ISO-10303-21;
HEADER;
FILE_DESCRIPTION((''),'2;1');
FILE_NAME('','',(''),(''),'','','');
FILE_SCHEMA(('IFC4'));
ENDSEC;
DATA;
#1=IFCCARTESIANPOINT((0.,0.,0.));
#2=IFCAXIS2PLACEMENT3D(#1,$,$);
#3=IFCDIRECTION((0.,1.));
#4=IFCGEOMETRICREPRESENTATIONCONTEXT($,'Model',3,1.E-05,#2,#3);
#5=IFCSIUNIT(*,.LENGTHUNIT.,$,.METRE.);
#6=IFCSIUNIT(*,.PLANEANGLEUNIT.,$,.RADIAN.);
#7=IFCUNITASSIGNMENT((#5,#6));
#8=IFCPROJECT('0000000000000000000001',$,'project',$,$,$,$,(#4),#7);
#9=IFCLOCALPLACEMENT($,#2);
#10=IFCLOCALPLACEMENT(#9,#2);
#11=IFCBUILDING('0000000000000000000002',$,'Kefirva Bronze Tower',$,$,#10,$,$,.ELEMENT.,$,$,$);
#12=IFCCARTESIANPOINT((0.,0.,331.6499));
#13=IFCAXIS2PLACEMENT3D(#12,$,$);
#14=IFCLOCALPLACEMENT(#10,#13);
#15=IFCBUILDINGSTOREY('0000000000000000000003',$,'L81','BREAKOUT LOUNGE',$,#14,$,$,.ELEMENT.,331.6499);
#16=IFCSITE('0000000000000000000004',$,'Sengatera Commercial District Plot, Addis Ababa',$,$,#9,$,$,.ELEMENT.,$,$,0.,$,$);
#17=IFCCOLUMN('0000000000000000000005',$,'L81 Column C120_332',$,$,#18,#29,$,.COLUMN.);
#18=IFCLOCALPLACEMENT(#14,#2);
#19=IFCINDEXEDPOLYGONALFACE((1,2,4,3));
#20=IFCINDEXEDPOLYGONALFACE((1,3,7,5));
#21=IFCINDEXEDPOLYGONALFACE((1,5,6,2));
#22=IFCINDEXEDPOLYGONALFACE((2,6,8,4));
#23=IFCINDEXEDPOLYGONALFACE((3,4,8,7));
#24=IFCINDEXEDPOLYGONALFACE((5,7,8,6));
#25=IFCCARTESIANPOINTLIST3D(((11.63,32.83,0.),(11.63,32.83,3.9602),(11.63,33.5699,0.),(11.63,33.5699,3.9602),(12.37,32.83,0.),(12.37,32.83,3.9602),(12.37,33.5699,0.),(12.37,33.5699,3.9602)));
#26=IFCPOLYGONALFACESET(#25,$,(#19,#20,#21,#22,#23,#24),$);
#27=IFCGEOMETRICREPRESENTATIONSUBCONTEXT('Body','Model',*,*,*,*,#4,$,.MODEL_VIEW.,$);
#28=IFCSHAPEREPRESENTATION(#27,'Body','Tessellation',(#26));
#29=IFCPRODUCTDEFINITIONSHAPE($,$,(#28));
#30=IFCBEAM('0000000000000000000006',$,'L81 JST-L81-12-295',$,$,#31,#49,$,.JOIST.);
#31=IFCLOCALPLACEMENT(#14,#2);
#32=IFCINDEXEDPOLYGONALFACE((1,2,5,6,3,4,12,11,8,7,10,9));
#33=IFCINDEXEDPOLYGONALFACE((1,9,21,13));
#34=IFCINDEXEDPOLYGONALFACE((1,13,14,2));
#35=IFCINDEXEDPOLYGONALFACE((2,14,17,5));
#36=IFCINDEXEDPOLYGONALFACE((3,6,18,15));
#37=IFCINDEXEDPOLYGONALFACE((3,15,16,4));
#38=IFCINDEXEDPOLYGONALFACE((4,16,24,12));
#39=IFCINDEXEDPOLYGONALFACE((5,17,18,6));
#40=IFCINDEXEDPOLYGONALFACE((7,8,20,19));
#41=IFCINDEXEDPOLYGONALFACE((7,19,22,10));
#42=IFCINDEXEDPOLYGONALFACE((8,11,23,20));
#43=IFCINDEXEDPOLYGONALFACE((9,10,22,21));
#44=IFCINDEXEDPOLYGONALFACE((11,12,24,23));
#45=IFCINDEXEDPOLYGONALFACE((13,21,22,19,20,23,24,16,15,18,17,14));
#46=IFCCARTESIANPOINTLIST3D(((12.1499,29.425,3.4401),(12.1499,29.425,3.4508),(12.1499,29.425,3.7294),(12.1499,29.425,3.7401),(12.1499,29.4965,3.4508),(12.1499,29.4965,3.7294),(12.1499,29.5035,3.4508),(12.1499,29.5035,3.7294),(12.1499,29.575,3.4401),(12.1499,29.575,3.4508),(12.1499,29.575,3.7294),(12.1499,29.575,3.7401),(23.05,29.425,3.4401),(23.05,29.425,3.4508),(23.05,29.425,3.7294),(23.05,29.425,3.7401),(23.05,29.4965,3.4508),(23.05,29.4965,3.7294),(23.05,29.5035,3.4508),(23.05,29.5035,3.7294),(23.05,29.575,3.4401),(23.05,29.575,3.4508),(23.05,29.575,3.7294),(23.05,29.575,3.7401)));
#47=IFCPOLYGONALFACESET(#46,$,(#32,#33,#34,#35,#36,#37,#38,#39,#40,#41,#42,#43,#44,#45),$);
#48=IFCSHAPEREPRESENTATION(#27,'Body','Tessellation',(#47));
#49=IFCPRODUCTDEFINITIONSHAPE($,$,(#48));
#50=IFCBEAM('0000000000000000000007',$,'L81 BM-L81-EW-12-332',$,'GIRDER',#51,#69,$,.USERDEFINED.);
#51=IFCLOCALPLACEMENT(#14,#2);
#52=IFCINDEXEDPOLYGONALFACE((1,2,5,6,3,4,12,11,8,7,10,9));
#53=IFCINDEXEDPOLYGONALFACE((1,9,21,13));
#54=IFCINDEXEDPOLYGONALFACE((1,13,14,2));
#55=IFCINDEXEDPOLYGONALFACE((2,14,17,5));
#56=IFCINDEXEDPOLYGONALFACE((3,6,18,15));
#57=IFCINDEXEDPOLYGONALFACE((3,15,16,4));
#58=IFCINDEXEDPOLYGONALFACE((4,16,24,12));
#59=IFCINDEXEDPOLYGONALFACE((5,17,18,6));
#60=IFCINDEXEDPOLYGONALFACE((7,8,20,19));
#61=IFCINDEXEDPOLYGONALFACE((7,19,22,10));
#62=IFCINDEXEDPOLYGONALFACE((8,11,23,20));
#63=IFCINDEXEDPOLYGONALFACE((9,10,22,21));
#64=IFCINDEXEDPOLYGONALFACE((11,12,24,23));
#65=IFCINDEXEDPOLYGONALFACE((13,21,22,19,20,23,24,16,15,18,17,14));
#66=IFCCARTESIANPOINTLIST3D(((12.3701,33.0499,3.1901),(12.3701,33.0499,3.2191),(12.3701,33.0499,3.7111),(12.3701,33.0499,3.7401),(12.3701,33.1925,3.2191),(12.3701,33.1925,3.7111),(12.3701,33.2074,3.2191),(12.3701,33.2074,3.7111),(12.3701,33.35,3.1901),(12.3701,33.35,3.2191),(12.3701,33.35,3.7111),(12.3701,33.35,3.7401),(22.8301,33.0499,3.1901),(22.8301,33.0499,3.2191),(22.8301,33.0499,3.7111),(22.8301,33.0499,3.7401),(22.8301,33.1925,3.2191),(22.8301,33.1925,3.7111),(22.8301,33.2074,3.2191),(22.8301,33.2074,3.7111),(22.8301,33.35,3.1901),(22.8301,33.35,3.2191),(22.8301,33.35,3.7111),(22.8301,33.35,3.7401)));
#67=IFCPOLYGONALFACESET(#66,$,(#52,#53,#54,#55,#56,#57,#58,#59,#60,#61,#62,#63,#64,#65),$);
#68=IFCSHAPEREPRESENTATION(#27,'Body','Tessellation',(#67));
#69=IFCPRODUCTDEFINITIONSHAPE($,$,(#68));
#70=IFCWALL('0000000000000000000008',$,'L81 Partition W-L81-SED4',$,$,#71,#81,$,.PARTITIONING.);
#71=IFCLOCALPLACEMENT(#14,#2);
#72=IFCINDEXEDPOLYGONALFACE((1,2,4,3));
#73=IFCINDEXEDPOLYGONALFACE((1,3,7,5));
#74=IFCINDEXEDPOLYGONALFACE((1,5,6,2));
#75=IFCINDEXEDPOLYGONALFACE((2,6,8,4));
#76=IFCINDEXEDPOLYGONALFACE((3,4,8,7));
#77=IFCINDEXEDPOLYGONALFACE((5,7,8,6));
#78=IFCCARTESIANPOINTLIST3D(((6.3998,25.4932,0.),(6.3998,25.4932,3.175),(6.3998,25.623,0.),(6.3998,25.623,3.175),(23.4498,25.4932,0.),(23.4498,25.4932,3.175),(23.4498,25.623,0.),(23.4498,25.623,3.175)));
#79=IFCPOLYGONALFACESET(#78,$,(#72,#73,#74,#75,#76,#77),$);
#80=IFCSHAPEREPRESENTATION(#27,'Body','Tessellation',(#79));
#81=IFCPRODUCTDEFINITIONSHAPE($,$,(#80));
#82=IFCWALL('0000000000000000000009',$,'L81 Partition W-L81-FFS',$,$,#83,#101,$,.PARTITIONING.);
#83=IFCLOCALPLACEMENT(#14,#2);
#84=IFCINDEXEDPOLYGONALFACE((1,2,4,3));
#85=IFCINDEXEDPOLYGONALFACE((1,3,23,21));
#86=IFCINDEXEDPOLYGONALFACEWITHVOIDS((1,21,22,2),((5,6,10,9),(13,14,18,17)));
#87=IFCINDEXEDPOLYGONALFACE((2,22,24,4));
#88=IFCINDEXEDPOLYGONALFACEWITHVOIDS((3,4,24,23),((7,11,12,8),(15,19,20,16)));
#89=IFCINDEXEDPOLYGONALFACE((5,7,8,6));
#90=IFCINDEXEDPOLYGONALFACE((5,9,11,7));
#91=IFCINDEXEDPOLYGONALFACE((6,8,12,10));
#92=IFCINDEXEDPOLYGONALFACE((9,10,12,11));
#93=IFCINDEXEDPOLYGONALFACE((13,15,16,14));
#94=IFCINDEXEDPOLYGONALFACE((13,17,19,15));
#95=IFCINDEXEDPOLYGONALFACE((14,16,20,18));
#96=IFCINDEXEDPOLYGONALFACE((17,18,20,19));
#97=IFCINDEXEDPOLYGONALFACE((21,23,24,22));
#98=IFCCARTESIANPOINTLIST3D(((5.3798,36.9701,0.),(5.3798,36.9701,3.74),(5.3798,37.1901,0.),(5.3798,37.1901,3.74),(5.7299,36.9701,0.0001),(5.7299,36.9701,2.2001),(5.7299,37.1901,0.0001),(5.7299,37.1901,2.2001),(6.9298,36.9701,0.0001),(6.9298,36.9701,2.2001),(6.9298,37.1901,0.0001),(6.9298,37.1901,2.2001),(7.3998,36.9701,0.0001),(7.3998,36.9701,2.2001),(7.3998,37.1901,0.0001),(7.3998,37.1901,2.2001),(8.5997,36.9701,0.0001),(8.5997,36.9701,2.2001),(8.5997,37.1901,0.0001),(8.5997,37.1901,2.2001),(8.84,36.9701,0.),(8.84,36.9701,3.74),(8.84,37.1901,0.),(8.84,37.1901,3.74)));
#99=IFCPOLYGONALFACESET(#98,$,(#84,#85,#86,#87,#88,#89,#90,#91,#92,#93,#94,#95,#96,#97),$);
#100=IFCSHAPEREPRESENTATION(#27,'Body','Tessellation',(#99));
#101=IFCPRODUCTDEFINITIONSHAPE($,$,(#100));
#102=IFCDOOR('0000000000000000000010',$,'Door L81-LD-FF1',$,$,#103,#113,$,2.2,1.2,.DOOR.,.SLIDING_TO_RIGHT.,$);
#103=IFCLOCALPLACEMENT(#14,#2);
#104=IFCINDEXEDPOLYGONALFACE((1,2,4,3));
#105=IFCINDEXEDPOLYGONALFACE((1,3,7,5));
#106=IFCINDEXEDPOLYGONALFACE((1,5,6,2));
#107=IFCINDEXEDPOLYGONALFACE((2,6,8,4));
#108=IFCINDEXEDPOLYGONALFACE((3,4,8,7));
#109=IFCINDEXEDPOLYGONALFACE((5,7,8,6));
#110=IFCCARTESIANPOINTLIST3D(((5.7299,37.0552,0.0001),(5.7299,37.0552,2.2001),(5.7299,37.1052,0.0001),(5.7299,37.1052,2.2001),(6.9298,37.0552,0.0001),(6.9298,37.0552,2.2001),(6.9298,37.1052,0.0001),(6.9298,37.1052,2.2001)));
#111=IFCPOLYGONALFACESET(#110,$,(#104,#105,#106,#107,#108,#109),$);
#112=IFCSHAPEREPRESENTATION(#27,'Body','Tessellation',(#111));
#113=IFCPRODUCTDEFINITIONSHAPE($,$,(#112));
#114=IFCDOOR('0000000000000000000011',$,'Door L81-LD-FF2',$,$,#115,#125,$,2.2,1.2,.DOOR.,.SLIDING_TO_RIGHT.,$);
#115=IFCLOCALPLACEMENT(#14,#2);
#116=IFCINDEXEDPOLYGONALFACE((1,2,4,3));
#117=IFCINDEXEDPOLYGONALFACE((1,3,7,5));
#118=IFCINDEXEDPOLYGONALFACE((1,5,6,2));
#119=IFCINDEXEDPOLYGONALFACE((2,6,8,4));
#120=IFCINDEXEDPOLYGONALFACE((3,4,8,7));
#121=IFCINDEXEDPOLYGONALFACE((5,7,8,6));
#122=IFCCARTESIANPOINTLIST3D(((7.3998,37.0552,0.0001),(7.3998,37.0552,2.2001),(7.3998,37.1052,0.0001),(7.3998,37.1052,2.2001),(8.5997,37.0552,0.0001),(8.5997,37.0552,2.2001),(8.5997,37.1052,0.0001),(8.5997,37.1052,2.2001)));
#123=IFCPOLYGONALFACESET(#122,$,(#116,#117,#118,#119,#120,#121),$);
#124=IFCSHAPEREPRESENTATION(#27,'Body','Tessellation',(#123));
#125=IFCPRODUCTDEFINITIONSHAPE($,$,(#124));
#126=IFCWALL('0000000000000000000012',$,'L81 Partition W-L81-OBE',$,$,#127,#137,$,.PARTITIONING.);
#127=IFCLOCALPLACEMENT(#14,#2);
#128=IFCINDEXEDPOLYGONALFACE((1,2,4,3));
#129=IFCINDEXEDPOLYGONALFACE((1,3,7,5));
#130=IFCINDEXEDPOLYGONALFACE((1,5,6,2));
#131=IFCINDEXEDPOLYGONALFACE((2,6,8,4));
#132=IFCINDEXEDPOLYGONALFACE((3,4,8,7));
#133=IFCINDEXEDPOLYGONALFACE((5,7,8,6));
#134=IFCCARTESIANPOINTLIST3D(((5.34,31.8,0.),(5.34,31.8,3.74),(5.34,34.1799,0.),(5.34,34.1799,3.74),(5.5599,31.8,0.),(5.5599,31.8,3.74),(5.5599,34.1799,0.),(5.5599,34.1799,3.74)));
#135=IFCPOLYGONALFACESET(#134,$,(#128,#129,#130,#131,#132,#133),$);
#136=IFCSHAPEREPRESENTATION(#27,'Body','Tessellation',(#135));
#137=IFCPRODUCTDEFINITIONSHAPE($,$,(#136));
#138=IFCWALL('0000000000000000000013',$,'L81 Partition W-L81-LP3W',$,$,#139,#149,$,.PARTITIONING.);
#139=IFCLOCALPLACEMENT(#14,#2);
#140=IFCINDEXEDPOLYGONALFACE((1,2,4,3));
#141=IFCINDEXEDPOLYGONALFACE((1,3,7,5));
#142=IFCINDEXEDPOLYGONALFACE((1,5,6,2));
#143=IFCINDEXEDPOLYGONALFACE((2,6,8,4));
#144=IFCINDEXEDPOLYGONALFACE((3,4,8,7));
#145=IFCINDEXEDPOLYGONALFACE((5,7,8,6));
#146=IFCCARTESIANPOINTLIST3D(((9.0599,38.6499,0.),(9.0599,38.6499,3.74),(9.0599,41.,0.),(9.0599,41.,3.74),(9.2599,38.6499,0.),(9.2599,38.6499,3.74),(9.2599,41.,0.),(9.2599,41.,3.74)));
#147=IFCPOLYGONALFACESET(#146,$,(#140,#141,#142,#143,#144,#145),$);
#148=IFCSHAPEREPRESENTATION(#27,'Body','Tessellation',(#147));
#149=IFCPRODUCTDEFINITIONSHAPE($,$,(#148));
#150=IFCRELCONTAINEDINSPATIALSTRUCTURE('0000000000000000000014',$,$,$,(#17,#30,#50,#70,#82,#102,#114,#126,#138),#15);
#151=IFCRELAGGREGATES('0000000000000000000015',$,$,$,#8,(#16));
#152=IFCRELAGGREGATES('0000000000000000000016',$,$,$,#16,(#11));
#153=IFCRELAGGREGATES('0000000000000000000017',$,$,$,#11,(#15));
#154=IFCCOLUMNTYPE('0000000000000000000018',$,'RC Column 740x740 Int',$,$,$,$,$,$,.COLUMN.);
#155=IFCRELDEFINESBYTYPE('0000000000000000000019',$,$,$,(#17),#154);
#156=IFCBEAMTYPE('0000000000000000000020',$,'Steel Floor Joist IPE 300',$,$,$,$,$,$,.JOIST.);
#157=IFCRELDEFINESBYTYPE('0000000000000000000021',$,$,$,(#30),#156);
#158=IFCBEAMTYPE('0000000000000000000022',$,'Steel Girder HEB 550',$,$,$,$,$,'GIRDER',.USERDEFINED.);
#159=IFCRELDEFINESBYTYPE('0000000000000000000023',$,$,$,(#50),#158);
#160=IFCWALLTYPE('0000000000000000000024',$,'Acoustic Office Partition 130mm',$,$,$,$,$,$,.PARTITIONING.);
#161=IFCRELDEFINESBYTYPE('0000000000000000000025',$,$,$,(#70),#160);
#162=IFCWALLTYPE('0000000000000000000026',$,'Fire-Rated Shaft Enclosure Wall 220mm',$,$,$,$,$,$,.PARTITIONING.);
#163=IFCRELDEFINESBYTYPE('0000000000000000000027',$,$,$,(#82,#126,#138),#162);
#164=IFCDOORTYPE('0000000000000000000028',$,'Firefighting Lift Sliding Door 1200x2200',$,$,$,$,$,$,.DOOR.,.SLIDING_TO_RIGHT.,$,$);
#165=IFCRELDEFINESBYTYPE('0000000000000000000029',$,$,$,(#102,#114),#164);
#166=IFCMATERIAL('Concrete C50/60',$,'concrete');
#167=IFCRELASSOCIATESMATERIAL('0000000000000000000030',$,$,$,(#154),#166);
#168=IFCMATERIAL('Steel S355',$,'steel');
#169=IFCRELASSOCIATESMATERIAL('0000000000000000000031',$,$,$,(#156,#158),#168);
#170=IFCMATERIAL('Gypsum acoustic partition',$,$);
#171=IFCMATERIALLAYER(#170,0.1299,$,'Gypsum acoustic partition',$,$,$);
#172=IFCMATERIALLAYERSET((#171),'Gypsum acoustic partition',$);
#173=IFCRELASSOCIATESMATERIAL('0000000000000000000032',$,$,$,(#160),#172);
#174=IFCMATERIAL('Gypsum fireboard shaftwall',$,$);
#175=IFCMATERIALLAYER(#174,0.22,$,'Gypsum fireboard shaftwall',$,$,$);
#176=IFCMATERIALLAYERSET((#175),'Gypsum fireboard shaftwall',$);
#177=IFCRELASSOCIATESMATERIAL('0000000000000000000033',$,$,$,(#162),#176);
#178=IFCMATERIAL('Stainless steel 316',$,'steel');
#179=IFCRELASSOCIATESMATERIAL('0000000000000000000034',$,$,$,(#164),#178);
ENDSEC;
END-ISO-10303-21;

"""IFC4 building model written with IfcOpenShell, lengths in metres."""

from ifc_helpers import new_model, si_unit, direction, frame, frame_2d, origin, origin_2d, place, context, subcontext, project, spatial, rectangle, i_section, extrude, material, layer, layer_set, material_profile, profile_set, type_object, element, fill, save


model = new_model("IFC4")

# Units and contexts
model_context = context("Model", 3, precision=1e-05, world=origin(), true_north=direction((0.0, 1.0)))
body_context = subcontext(model_context, "Body", "Model", "MODEL_VIEW")
ifc_project = project(units=[si_unit("LENGTHUNIT", "METRE"), si_unit("PLANEANGLEUNIT", "RADIAN")], contexts=[model_context])

# Site, building, storey
site_placement = place(None, origin())
site = spatial("IfcSite", under=ifc_project, at=site_placement, Name="Sengatera Commercial District Plot, Addis Ababa", CompositionType="ELEMENT", RefElevation=0.0)
building_placement = place(site_placement, origin())
building = spatial("IfcBuilding", under=site, at=building_placement, Name="Kefirva Bronze Tower", CompositionType="ELEMENT")
storey_placement = place(building_placement, frame((0.0, 0.0, 331.6499)))
storey = spatial("IfcBuildingStorey", under=building, at=storey_placement, Name="L81", Description="BREAKOUT LOUNGE", CompositionType="ELEMENT", Elevation=331.6499)

# Column
ifc_material_1 = material(Name="Concrete C50/60", Category="concrete")
ifc_material_profile_1 = material_profile(ifc_material_1, rectangle(XDim=0.74, YDim=0.74, at=origin_2d()), Name="RC 740x740")
ifc_profile_set_1 = profile_set([ifc_material_profile_1], Name="Concrete C50/60")
column_type = type_object("IfcColumnType", Name="RC Column 740x740 Int", PredefinedType="COLUMN", material=ifc_profile_set_1)
column_placement = place(storey_placement, frame((12.0, 33.2, 0.0), z_axis=(0.0, 0.0, 1.0), x_axis=(1.0, 0.0, 0.0)))
element("IfcColumn", 1, at=column_placement, inside=storey, type_object=column_type, Name="L81 Column C120_332", PredefinedType="COLUMN", context=body_context, shape_type="SweptSolid", body=[
    extrude(rectangle(XDim=0.74, YDim=0.74, at=origin_2d()), origin(), (0.0, 0.0, 1.0), 3.9602),
])

# Beams
ifc_material_2 = material(Name="Steel S355", Category="steel")
ifc_material_profile_2 = material_profile(ifc_material_2, i_section(OverallWidth=0.1499, OverallDepth=0.3, WebThickness=0.0071, FlangeThickness=0.0107, at=origin_2d()), Name="IPE 300")
ifc_profile_set_2 = profile_set([ifc_material_profile_2], Name="Steel S355")
beam_type_1 = type_object("IfcBeamType", Name="Steel Floor Joist IPE 300", PredefinedType="JOIST", material=ifc_profile_set_2)
beam_1_placement = place(storey_placement, frame((12.1499, 29.5, 3.5901), z_axis=(1.0, 0.0, 0.0), x_axis=(0.0, 1.0, 0.0)))
element("IfcBeam", 2, at=beam_1_placement, inside=storey, type_object=beam_type_1, Name="L81 JST-L81-12-295", PredefinedType="JOIST", context=body_context, shape_type="SweptSolid", body=[
    extrude(i_section(OverallWidth=0.1499, OverallDepth=0.3, WebThickness=0.0071, FlangeThickness=0.0107, at=origin_2d()), origin(), (0.0, 0.0, 1.0), 10.9001),
])
ifc_material_profile_3 = material_profile(ifc_material_2, i_section(OverallWidth=0.3, OverallDepth=0.55, WebThickness=0.0149, FlangeThickness=0.0291, at=origin_2d()), Name="HEB 550")
ifc_profile_set_3 = profile_set([ifc_material_profile_3], Name="Steel S355")
beam_type_2 = type_object("IfcBeamType", Name="Steel Girder HEB 550", ElementType="GIRDER", PredefinedType="USERDEFINED", material=ifc_profile_set_3)
beam_2_placement = place(storey_placement, frame((12.3701, 33.2, 3.4651), z_axis=(1.0, 0.0, 0.0), x_axis=(0.0, 1.0, 0.0)))
element("IfcBeam", 3, at=beam_2_placement, inside=storey, type_object=beam_type_2, Name="L81 BM-L81-EW-12-332", ObjectType="GIRDER", PredefinedType="USERDEFINED", context=body_context, shape_type="SweptSolid", body=[
    extrude(i_section(OverallWidth=0.3, OverallDepth=0.55, WebThickness=0.0149, FlangeThickness=0.0291, at=origin_2d()), origin(), (0.0, 0.0, 1.0), 10.46),
])

# Wall
ifc_material_3 = material(Name="Gypsum acoustic partition")
ifc_layer_1 = layer(ifc_material_3, 0.1299, Name="Gypsum acoustic partition")
ifc_layer_set_1 = layer_set([ifc_layer_1], Name="Gypsum acoustic partition")
wall_type_1 = type_object("IfcWallType", Name="Acoustic Office Partition 130mm", PredefinedType="PARTITIONING", material=ifc_layer_set_1)
wall_1_placement = place(storey_placement, frame((6.3999, 25.5581, 0.0), z_axis=(0.0, 0.0, 1.0), x_axis=(1.0, 0.0, 0.0)))
element("IfcWall", 4, at=wall_1_placement, inside=storey, type_object=wall_type_1, Name="L81 Partition W-L81-SED4", PredefinedType="PARTITIONING", context=body_context, shape_type="SweptSolid", body=[
    extrude(rectangle(XDim=17.05, YDim=0.1299, at=frame_2d((8.5249, 0.0))), origin(), (0.0, 0.0, 1.0), 3.175),
])

# Shared definitions
ifc_material_4 = material(Name="Gypsum fireboard shaftwall")
ifc_layer_2 = layer(ifc_material_4, 0.22, Name="Gypsum fireboard shaftwall")
ifc_layer_set_2 = layer_set([ifc_layer_2], Name="Gypsum fireboard shaftwall")
wall_type_2 = type_object("IfcWallType", Name="Fire-Rated Shaft Enclosure Wall 220mm", PredefinedType="PARTITIONING", material=ifc_layer_set_2)

# Wall, openings, doors
wall_2_placement = place(storey_placement, frame((5.3799, 37.0801, 0.0), z_axis=(0.0, 0.0, 1.0), x_axis=(1.0, 0.0, 0.0)))
wall_2 = element("IfcWall", 5, at=wall_2_placement, inside=storey, type_object=wall_type_2, Name="L81 Partition W-L81-FFS", PredefinedType="PARTITIONING", context=body_context, shape_type="SweptSolid", body=[
    extrude(rectangle(XDim=3.4602, YDim=0.22, at=frame_2d((1.73, 0.0))), origin(), (0.0, 0.0, 1.0), 3.74),
])
opening_1_placement = place(wall_2_placement, frame((1.55, 0.0, 0.0), z_axis=(0.0, 0.0, 1.0), x_axis=(-1.0, 0.0, 0.0)))
opening_1 = element("IfcOpeningElement", 6, at=opening_1_placement, cuts=wall_2, PredefinedType="OPENING", context=body_context, shape_type="SweptSolid", body=[
    extrude(rectangle(XDim=1.2, YDim=2.2, at=frame_2d((0.6001, 1.1001))), frame((0.0, 0.1201, 0.0), z_axis=(0.0, -1.0, 0.0), x_axis=(1.0, 0.0, 0.0)), (0.0, 0.0, 1.0), 0.24),
])
opening_2_placement = place(wall_2_placement, frame((3.22, 0.0, 0.0), z_axis=(0.0, 0.0, 1.0), x_axis=(-1.0, 0.0, 0.0)))
opening_2 = element("IfcOpeningElement", 7, at=opening_2_placement, cuts=wall_2, PredefinedType="OPENING", context=body_context, shape_type="SweptSolid", body=[
    extrude(rectangle(XDim=1.2, YDim=2.2, at=frame_2d((0.6001, 1.1001))), frame((0.0, 0.1201, 0.0), z_axis=(0.0, -1.0, 0.0), x_axis=(1.0, 0.0, 0.0)), (0.0, 0.0, 1.0), 0.24),
])
ifc_material_5 = material(Name="Stainless steel 316", Category="steel")
door_type_1 = type_object("IfcDoorType", Name="Firefighting Lift Sliding Door 1200x2200", OperationType="SLIDING_TO_RIGHT", PredefinedType="DOOR", material=ifc_material_5)
door_1_placement = place(opening_1_placement, origin())
door_1 = element("IfcDoor", 8, at=door_1_placement, inside=storey, type_object=door_type_1, Name="Door L81-LD-FF1", OperationType="SLIDING_TO_RIGHT", OverallHeight=2.2, OverallWidth=1.2, PredefinedType="DOOR", context=body_context, shape_type="SweptSolid", body=[
    extrude(rectangle(XDim=1.2, YDim=2.2, at=frame_2d((0.6001, 1.1001))), frame((0.0, 0.0249, 0.0), z_axis=(0.0, -1.0, 0.0), x_axis=(1.0, 0.0, 0.0)), (0.0, 0.0, 1.0), 0.05),
])
fill(opening_1, door_1)
door_2_placement = place(opening_2_placement, origin())
door_2 = element("IfcDoor", 9, at=door_2_placement, inside=storey, type_object=door_type_1, Name="Door L81-LD-FF2", OperationType="SLIDING_TO_RIGHT", OverallHeight=2.2, OverallWidth=1.2, PredefinedType="DOOR", context=body_context, shape_type="SweptSolid", body=[
    extrude(rectangle(XDim=1.2, YDim=2.2, at=frame_2d((0.6001, 1.1001))), frame((0.0, 0.0249, 0.0), z_axis=(0.0, -1.0, 0.0), x_axis=(1.0, 0.0, 0.0)), (0.0, 0.0, 1.0), 0.05),
])
fill(opening_2, door_2)

# Walls
wall_3_placement = place(storey_placement, frame((5.45, 31.8, 0.0), z_axis=(0.0, 0.0, 1.0), x_axis=(0.0, 1.0, 0.0)))
element("IfcWall", 10, at=wall_3_placement, inside=storey, type_object=wall_type_2, Name="L81 Partition W-L81-OBE", PredefinedType="PARTITIONING", context=body_context, shape_type="SweptSolid", body=[
    extrude(rectangle(XDim=2.3799, YDim=0.22, at=frame_2d((1.1899, 0.0))), origin(), (0.0, 0.0, 1.0), 3.74),
])
wall_4_placement = place(storey_placement, frame((9.1599, 38.6499, 0.0), z_axis=(0.0, 0.0, 1.0), x_axis=(0.0, 1.0, 0.0)))
element("IfcWall", 11, at=wall_4_placement, inside=storey, type_object=wall_type_2, Name="L81 Partition W-L81-LP3W", PredefinedType="PARTITIONING", context=body_context, shape_type="SweptSolid", body=[
    extrude(rectangle(XDim=2.3501, YDim=0.2, at=frame_2d((1.175, 0.0))), origin(), (0.0, 0.0, 1.0), 3.74),
])

save(model, "model.ifc")
